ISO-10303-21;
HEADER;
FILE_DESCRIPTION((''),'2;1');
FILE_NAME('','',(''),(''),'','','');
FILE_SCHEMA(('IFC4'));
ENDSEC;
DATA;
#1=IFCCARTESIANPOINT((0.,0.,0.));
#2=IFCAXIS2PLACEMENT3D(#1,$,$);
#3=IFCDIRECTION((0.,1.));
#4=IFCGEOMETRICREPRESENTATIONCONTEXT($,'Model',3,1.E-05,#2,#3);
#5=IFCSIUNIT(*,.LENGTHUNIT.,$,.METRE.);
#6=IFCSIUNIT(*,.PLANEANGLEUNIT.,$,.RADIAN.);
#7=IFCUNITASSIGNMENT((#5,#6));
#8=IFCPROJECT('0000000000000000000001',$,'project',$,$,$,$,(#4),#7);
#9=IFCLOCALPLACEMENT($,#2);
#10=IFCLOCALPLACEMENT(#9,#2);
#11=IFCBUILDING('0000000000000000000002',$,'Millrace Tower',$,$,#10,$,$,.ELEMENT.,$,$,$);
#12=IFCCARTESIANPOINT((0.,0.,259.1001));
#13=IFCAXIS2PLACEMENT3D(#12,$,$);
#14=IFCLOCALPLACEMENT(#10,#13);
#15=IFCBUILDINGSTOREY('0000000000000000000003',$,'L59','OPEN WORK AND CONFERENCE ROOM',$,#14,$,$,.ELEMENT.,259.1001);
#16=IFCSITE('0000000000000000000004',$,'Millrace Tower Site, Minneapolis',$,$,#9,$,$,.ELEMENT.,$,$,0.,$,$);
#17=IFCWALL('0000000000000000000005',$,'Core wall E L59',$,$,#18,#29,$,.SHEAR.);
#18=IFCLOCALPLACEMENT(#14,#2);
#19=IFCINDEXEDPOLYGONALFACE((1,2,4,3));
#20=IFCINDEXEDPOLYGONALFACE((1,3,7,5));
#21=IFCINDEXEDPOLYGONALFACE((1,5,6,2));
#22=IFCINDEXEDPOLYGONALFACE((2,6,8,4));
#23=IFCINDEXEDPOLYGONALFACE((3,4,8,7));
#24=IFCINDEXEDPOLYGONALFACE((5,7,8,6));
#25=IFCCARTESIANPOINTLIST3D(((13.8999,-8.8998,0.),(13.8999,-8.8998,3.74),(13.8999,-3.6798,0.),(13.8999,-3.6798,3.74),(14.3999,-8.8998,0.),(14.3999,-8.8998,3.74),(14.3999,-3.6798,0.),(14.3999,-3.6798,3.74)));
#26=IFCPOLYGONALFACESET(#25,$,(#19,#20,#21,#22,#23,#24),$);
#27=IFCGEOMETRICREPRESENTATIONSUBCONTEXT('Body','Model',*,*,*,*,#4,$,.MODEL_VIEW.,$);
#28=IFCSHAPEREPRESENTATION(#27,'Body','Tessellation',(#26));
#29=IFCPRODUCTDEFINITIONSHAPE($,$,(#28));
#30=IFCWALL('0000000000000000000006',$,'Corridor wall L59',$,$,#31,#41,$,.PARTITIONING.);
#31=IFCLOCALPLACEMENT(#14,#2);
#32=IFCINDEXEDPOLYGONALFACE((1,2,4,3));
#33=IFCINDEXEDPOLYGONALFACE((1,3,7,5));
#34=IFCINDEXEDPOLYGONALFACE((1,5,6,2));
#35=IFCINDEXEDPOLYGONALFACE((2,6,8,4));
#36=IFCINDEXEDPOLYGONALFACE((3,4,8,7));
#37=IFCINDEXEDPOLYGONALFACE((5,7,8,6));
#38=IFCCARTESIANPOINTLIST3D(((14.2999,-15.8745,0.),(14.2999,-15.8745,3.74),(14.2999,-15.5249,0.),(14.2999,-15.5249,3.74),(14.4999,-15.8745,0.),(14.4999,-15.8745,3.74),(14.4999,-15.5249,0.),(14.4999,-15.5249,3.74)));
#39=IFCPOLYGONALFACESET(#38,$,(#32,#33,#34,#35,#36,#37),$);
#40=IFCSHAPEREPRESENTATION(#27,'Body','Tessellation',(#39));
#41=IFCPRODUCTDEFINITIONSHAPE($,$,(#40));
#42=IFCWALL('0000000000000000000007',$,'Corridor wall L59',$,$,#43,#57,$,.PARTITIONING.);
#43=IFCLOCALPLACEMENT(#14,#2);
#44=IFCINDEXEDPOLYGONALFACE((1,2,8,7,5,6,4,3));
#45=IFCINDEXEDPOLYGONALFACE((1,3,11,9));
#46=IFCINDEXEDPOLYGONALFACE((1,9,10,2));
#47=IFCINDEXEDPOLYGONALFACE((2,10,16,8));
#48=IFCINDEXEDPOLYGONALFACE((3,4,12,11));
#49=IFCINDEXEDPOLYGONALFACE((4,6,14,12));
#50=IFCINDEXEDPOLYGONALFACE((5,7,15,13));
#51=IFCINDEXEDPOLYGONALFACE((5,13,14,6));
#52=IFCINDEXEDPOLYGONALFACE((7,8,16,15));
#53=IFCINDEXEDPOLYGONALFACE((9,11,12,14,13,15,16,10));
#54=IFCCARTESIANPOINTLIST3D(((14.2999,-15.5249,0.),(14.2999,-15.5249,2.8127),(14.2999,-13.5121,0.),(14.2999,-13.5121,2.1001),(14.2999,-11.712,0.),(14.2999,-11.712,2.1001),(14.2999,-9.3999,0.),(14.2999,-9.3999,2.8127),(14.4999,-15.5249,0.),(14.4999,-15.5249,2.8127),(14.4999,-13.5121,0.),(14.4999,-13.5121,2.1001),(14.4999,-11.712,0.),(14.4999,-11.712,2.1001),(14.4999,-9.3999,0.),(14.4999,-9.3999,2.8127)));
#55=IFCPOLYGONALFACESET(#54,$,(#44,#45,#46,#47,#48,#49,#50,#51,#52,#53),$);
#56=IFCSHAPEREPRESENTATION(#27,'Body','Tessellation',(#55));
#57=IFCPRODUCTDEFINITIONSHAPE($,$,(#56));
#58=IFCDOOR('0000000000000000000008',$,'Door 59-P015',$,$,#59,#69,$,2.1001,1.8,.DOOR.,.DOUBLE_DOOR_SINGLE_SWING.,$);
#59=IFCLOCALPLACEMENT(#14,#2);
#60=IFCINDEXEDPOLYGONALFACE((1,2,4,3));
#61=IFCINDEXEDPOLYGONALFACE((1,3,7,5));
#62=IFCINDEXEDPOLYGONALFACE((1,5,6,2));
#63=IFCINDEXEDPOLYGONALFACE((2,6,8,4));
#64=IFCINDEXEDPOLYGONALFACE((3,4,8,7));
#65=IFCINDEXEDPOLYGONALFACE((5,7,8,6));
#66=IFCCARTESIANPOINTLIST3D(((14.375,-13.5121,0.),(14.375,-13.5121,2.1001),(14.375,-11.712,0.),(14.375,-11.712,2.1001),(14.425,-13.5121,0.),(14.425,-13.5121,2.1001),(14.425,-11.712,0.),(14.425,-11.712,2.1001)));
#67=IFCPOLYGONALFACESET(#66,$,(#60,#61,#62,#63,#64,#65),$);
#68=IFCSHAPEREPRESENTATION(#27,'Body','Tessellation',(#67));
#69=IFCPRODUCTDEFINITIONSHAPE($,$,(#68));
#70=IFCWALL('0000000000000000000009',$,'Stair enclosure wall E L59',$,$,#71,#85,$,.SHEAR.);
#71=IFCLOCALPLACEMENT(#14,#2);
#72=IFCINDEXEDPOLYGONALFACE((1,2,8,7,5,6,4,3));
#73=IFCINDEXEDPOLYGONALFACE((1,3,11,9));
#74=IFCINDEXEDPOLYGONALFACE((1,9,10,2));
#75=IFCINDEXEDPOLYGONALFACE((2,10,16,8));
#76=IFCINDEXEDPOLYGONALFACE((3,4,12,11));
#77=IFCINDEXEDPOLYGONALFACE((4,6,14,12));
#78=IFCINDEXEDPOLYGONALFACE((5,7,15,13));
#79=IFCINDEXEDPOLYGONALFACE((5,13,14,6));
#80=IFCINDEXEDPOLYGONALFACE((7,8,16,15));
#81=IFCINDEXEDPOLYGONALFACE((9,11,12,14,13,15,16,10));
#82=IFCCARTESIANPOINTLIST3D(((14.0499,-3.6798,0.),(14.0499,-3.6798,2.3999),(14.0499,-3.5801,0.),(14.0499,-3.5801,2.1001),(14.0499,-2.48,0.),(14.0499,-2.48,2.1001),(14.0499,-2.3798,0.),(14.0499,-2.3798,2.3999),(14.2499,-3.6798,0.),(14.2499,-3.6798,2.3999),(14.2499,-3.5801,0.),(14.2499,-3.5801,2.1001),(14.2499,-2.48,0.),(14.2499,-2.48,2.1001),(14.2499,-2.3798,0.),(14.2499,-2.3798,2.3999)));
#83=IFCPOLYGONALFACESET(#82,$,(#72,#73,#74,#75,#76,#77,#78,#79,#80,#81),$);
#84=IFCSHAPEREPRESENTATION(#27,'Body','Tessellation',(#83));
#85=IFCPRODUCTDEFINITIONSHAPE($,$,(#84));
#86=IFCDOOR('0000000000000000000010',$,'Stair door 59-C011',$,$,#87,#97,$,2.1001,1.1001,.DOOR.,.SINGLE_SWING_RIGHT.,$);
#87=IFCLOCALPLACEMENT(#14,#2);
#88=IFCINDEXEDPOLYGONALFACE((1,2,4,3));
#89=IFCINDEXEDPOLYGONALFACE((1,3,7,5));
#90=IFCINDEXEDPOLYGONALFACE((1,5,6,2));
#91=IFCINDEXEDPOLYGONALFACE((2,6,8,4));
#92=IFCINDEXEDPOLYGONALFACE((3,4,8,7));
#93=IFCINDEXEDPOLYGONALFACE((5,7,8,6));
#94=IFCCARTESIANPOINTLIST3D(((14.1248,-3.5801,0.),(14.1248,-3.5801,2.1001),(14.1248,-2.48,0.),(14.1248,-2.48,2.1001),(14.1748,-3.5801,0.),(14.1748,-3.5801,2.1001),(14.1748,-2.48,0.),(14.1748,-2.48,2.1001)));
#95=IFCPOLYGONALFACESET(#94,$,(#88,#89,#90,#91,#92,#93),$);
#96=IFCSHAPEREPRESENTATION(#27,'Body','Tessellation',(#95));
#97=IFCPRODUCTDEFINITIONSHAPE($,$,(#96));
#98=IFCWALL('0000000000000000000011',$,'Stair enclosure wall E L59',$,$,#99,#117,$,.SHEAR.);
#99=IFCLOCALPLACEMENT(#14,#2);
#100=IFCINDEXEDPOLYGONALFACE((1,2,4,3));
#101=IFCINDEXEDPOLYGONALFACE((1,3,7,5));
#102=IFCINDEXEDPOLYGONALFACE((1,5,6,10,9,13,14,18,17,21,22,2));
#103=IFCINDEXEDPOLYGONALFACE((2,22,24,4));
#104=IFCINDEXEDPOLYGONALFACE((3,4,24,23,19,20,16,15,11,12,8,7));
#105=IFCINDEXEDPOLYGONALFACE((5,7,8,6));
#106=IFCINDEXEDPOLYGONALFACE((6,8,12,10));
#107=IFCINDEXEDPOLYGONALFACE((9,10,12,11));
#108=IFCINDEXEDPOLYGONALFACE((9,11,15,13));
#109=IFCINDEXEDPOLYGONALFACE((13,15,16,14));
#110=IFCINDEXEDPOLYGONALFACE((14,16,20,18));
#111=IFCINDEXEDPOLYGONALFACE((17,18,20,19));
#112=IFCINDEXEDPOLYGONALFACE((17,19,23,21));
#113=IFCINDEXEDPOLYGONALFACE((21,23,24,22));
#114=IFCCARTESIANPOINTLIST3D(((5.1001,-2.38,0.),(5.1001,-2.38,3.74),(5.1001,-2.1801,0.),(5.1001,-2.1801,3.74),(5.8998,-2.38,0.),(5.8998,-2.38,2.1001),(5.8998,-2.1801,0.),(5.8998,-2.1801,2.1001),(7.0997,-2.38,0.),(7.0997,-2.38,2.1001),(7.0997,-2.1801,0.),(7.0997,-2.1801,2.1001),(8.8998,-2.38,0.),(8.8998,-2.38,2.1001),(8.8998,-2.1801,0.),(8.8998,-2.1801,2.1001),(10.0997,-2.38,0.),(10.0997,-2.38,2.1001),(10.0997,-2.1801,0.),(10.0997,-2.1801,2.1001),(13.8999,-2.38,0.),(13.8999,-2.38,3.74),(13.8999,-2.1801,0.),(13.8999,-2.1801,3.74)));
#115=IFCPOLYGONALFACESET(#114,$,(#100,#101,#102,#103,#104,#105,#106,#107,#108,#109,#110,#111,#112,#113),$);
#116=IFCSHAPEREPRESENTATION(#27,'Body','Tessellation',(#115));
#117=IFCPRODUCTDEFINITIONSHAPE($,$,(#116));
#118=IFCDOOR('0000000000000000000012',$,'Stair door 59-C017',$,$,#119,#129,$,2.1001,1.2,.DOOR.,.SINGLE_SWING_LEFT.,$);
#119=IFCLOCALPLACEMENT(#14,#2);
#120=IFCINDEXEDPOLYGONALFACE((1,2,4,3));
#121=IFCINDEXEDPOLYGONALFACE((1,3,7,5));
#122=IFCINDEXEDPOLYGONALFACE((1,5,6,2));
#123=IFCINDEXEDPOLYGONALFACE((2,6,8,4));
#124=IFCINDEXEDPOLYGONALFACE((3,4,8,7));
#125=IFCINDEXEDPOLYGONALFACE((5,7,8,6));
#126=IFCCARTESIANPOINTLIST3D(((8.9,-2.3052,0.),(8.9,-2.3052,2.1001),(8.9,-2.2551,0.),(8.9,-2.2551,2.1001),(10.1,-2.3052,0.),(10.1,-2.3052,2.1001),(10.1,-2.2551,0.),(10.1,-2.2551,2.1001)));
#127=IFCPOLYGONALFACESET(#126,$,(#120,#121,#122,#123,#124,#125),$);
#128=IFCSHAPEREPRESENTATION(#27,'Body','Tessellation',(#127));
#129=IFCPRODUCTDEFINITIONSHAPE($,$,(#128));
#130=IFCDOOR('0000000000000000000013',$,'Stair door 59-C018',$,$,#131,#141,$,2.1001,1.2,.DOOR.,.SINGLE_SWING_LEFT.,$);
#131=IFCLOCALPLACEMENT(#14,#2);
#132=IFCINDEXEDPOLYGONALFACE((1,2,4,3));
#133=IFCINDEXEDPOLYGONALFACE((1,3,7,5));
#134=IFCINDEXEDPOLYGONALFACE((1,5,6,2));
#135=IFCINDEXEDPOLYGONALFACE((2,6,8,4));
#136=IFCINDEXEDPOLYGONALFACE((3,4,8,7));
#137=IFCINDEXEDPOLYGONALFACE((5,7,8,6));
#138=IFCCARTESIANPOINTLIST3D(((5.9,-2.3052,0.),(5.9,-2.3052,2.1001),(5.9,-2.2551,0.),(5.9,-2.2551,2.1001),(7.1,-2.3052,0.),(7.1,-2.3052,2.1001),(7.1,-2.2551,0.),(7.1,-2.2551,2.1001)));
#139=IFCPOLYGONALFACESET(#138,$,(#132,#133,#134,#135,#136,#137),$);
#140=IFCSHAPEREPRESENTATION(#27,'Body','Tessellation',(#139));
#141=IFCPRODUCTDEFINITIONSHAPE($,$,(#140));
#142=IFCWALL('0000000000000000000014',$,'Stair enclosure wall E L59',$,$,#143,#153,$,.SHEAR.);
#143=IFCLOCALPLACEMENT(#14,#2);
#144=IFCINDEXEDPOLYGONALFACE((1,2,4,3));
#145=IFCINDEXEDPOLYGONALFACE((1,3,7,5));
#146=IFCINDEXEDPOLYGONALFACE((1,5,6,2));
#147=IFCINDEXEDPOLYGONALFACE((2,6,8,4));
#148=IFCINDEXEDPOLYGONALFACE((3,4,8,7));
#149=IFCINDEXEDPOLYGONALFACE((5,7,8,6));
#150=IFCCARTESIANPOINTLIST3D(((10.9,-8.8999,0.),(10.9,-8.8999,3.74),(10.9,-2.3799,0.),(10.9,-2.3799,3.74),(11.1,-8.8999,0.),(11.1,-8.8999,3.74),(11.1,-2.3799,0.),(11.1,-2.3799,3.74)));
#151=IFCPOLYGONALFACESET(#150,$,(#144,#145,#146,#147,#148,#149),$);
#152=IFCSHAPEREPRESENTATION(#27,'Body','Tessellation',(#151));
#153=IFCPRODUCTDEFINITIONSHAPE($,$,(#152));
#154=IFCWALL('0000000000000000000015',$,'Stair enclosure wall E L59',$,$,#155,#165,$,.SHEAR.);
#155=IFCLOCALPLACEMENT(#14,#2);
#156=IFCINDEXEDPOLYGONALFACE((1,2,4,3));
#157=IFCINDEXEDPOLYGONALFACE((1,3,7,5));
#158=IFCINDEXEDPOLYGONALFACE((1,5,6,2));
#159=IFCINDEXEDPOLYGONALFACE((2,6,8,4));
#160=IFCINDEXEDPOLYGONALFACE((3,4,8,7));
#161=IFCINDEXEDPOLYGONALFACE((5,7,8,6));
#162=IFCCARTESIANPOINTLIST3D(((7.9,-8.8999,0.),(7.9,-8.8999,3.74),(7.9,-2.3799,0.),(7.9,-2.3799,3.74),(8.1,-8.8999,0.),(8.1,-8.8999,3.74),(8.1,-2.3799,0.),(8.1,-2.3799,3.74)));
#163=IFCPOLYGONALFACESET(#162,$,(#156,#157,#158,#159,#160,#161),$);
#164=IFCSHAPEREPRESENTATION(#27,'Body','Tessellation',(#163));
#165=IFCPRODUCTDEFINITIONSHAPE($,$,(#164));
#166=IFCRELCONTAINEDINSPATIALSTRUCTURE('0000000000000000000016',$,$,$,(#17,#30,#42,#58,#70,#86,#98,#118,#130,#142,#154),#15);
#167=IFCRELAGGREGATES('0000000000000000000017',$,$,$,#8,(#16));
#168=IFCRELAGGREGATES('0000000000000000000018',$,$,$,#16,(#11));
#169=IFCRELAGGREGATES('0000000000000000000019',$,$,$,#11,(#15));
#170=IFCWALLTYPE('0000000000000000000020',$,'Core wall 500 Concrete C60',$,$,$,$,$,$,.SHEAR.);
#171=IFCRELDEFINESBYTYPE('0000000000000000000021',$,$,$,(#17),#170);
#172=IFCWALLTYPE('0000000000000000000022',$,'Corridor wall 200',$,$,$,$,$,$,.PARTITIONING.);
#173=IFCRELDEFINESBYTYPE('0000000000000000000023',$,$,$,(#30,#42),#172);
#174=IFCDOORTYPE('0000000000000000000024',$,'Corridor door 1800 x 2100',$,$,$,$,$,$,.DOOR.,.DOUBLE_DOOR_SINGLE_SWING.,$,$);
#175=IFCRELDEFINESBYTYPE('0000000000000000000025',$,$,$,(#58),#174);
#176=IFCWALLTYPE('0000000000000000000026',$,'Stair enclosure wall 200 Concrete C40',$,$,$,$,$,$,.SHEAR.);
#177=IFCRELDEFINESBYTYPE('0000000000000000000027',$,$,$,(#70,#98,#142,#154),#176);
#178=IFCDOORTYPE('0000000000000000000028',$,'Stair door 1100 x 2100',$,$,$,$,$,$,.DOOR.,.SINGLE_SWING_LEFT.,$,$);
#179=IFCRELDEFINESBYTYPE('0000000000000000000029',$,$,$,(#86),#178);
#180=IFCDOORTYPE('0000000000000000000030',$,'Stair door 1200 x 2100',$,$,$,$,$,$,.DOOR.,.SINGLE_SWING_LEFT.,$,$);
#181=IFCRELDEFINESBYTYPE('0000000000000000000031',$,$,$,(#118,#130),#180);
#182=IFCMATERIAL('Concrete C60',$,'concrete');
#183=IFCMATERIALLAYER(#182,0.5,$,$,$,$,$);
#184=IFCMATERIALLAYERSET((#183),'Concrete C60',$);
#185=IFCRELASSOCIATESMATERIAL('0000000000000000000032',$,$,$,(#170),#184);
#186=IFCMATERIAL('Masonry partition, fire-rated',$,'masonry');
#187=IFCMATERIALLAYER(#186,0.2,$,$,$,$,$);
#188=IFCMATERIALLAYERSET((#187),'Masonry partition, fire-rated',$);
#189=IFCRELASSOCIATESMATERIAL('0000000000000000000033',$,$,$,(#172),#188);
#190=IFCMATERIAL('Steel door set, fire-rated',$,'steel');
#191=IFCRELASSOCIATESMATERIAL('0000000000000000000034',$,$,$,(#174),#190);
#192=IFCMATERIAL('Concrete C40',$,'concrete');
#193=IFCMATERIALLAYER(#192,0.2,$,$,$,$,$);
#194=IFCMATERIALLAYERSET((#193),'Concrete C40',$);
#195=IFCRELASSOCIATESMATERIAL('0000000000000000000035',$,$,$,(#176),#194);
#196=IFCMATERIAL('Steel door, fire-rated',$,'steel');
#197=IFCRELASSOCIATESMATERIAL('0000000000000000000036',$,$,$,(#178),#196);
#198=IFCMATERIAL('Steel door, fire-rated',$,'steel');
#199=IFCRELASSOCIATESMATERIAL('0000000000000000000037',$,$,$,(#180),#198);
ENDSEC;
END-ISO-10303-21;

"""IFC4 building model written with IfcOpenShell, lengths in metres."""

from ifc_helpers import new_model, si_unit, direction, frame, frame_2d, origin, place, context, subcontext, project, spatial, rectangle, extrude, material, layer, layer_set, type_object, element, fill, save


model = new_model("IFC4")

# Units and contexts
model_context = context("Model", 3, precision=1e-05, world=origin(), true_north=direction((0.0, 1.0)))
body_context = subcontext(model_context, "Body", "Model", "MODEL_VIEW")
ifc_project = project(units=[si_unit("LENGTHUNIT", "METRE"), si_unit("PLANEANGLEUNIT", "RADIAN")], contexts=[model_context])

# Site, building, storey
site_placement = place(None, origin())
site = spatial("IfcSite", under=ifc_project, at=site_placement, Name="Millrace Tower Site, Minneapolis", CompositionType="ELEMENT", RefElevation=0.0)
building_placement = place(site_placement, origin())
building = spatial("IfcBuilding", under=site, at=building_placement, Name="Millrace Tower", CompositionType="ELEMENT")
storey_placement = place(building_placement, frame((0.0, 0.0, 259.1001)))
storey = spatial("IfcBuildingStorey", under=building, at=storey_placement, Name="L59", Description="OPEN WORK AND CONFERENCE ROOM", CompositionType="ELEMENT", Elevation=259.1001)

# Walls
ifc_material_1 = material(Name="Concrete C60", Category="concrete")
ifc_layer_1 = layer(ifc_material_1, 0.5)
ifc_layer_set_1 = layer_set([ifc_layer_1], Name="Concrete C60")
wall_type_1 = type_object("IfcWallType", Name="Core wall 500 Concrete C60", PredefinedType="SHEAR", material=ifc_layer_set_1)
wall_1_placement = place(storey_placement, frame((14.1499, -3.6799, 0.0), z_axis=(0.0, 0.0, 1.0), x_axis=(0.0, -1.0, 0.0)))
element("IfcWall", 1, at=wall_1_placement, inside=storey, type_object=wall_type_1, Name="Core wall E L59", PredefinedType="SHEAR", context=body_context, shape_type="SweptSolid", body=[
    extrude(rectangle(XDim=5.22, YDim=0.5, at=frame_2d((2.6099, 0.0))), origin(), (0.0, 0.0, 1.0), 3.74),
])
ifc_material_2 = material(Name="Masonry partition, fire-rated", Category="masonry")
ifc_layer_2 = layer(ifc_material_2, 0.2)
ifc_layer_set_2 = layer_set([ifc_layer_2], Name="Masonry partition, fire-rated")
wall_type_2 = type_object("IfcWallType", Name="Corridor wall 200", PredefinedType="PARTITIONING", material=ifc_layer_set_2)
wall_2_placement = place(storey_placement, frame((14.3999, -15.8745, 0.0), z_axis=(0.0, 0.0, 1.0), x_axis=(0.0, 1.0, 0.0)))
element("IfcWall", 2, at=wall_2_placement, inside=storey, type_object=wall_type_2, Name="Corridor wall L59", PredefinedType="PARTITIONING", context=body_context, shape_type="SweptSolid", body=[
    extrude(rectangle(XDim=0.3496, YDim=0.2, at=frame_2d((0.1748, 0.0))), origin(), (0.0, 0.0, 1.0), 3.74),
])

# Walls, openings, doors
wall_3_placement = place(storey_placement, frame((14.3999, -15.5249, 0.0), z_axis=(0.0, 0.0, 1.0), x_axis=(0.0, 1.0, 0.0)))
wall_3 = element("IfcWall", 3, at=wall_3_placement, inside=storey, type_object=wall_type_2, Name="Corridor wall L59", PredefinedType="PARTITIONING", context=body_context, shape_type="SweptSolid", body=[
    extrude(rectangle(XDim=6.125, YDim=0.2, at=frame_2d((3.0625, 0.0))), origin(), (0.0, 0.0, 1.0), 2.8127),
])
opening_1_placement = place(wall_3_placement, frame((2.0129, 0.0, 0.0)))
opening_1 = element("IfcOpeningElement", 4, at=opening_1_placement, cuts=wall_3, PredefinedType="OPENING", context=body_context, shape_type="SweptSolid", body=[
    extrude(rectangle(XDim=1.8, YDim=2.1001, at=frame_2d((0.8999, 1.05))), frame((0.0, 0.1099, 0.0), z_axis=(0.0, -1.0, 0.0), x_axis=(1.0, 0.0, 0.0)), (0.0, 0.0, 1.0), 0.22),
])
ifc_material_3 = material(Name="Steel door set, fire-rated", Category="steel")
door_type_1 = type_object("IfcDoorType", Name="Corridor door 1800 x 2100", OperationType="DOUBLE_DOOR_SINGLE_SWING", PredefinedType="DOOR", material=ifc_material_3)
door_1_placement = place(opening_1_placement, origin())
door_1 = element("IfcDoor", 5, at=door_1_placement, inside=storey, type_object=door_type_1, Name="Door 59-P015", OperationType="DOUBLE_DOOR_SINGLE_SWING", OverallHeight=2.1001, OverallWidth=1.8, PredefinedType="DOOR", context=body_context, shape_type="SweptSolid", body=[
    extrude(rectangle(XDim=1.8, YDim=2.1001, at=frame_2d((0.8999, 1.05))), frame((0.0, 0.0249, 0.0), z_axis=(0.0, -1.0, 0.0), x_axis=(1.0, 0.0, 0.0)), (0.0, 0.0, 1.0), 0.05),
])
fill(opening_1, door_1)
ifc_material_4 = material(Name="Concrete C40", Category="concrete")
ifc_layer_3 = layer(ifc_material_4, 0.2)
ifc_layer_set_3 = layer_set([ifc_layer_3], Name="Concrete C40")
wall_type_3 = type_object("IfcWallType", Name="Stair enclosure wall 200 Concrete C40", PredefinedType="SHEAR", material=ifc_layer_set_3)
wall_4_placement = place(storey_placement, frame((14.1499, -2.3799, 0.0), z_axis=(0.0, 0.0, 1.0), x_axis=(0.0, -1.0, 0.0)))
wall_4 = element("IfcWall", 6, at=wall_4_placement, inside=storey, type_object=wall_type_3, Name="Stair enclosure wall E L59", PredefinedType="SHEAR", context=body_context, shape_type="SweptSolid", body=[
    extrude(rectangle(XDim=1.3, YDim=0.2, at=frame_2d((0.6499, 0.0))), origin(), (0.0, 0.0, 1.0), 2.3999),
])
opening_2_placement = place(wall_4_placement, frame((0.1001, 0.0, 0.0)))
opening_2 = element("IfcOpeningElement", 7, at=opening_2_placement, cuts=wall_4, PredefinedType="OPENING", context=body_context, shape_type="SweptSolid", body=[
    extrude(rectangle(XDim=1.1001, YDim=2.1001, at=frame_2d((0.55, 1.05))), frame((0.0, 0.1099, 0.0), z_axis=(0.0, -1.0, 0.0), x_axis=(1.0, 0.0, 0.0)), (0.0, 0.0, 1.0), 0.22),
])
ifc_material_5 = material(Name="Steel door, fire-rated", Category="steel")
door_type_2 = type_object("IfcDoorType", Name="Stair door 1100 x 2100", OperationType="SINGLE_SWING_LEFT", PredefinedType="DOOR", material=ifc_material_5)
door_2_placement = place(opening_2_placement, origin())
door_2 = element("IfcDoor", 8, at=door_2_placement, inside=storey, type_object=door_type_2, Name="Stair door 59-C011", OperationType="SINGLE_SWING_RIGHT", OverallHeight=2.1001, OverallWidth=1.1001, PredefinedType="DOOR", context=body_context, shape_type="SweptSolid", body=[
    extrude(rectangle(XDim=1.1001, YDim=2.1001, at=frame_2d((0.55, 1.05))), frame((0.0, 0.0249, 0.0), z_axis=(0.0, -1.0, 0.0), x_axis=(1.0, 0.0, 0.0)), (0.0, 0.0, 1.0), 0.05),
])
fill(opening_2, door_2)

# Wall, openings, doors
wall_5_placement = place(storey_placement, frame((13.8999, -2.28, 0.0), z_axis=(0.0, 0.0, 1.0), x_axis=(-1.0, 0.0, 0.0)))
wall_5 = element("IfcWall", 9, at=wall_5_placement, inside=storey, type_object=wall_type_3, Name="Stair enclosure wall E L59", PredefinedType="SHEAR", context=body_context, shape_type="SweptSolid", body=[
    extrude(rectangle(XDim=8.7998, YDim=0.2, at=frame_2d((4.3999, 0.0))), origin(), (0.0, 0.0, 1.0), 3.74),
])
opening_3_placement = place(wall_5_placement, frame((3.8, 0.0, 0.0)))
opening_3 = element("IfcOpeningElement", 10, at=opening_3_placement, cuts=wall_5, PredefinedType="OPENING", context=body_context, shape_type="SweptSolid", body=[
    extrude(rectangle(XDim=1.2, YDim=2.1001, at=frame_2d((0.6001, 1.05))), frame((0.0, 0.1099, 0.0), z_axis=(0.0, -1.0, 0.0), x_axis=(1.0, 0.0, 0.0)), (0.0, 0.0, 1.0), 0.22),
])
opening_4_placement = place(wall_5_placement, frame((6.8, 0.0, 0.0)))
opening_4 = element("IfcOpeningElement", 11, at=opening_4_placement, cuts=wall_5, PredefinedType="OPENING", context=body_context, shape_type="SweptSolid", body=[
    extrude(rectangle(XDim=1.2, YDim=2.1001, at=frame_2d((0.6001, 1.05))), frame((0.0, 0.1099, 0.0), z_axis=(0.0, -1.0, 0.0), x_axis=(1.0, 0.0, 0.0)), (0.0, 0.0, 1.0), 0.22),
])
ifc_material_6 = material(Name="Steel door, fire-rated", Category="steel")
door_type_3 = type_object("IfcDoorType", Name="Stair door 1200 x 2100", OperationType="SINGLE_SWING_LEFT", PredefinedType="DOOR", material=ifc_material_6)
door_3_placement = place(opening_3_placement, frame((1.2, 0.0, 0.0), z_axis=(0.0, 0.0, 1.0), x_axis=(-1.0, 0.0, 0.0)))
door_3 = element("IfcDoor", 12, at=door_3_placement, inside=storey, type_object=door_type_3, Name="Stair door 59-C017", OperationType="SINGLE_SWING_LEFT", OverallHeight=2.1001, OverallWidth=1.2, PredefinedType="DOOR", context=body_context, shape_type="SweptSolid", body=[
    extrude(rectangle(XDim=1.2, YDim=2.1001, at=frame_2d((0.6001, 1.05))), frame((0.0, 0.0249, 0.0), z_axis=(0.0, -1.0, 0.0), x_axis=(1.0, 0.0, 0.0)), (0.0, 0.0, 1.0), 0.05),
])
fill(opening_3, door_3)
door_4_placement = place(opening_4_placement, frame((1.2, 0.0, 0.0), z_axis=(0.0, 0.0, 1.0), x_axis=(-1.0, 0.0, 0.0)))
door_4 = element("IfcDoor", 13, at=door_4_placement, inside=storey, type_object=door_type_3, Name="Stair door 59-C018", OperationType="SINGLE_SWING_LEFT", OverallHeight=2.1001, OverallWidth=1.2, PredefinedType="DOOR", context=body_context, shape_type="SweptSolid", body=[
    extrude(rectangle(XDim=1.2, YDim=2.1001, at=frame_2d((0.6001, 1.05))), frame((0.0, 0.0249, 0.0), z_axis=(0.0, -1.0, 0.0), x_axis=(1.0, 0.0, 0.0)), (0.0, 0.0, 1.0), 0.05),
])
fill(opening_4, door_4)

# Walls
for number, where, z_axis, x_axis, name in (
    (14, (11.0, -2.3799, 0.0), (0.0, 0.0, 1.0), (0.0, -1.0, 0.0), "Stair enclosure wall E L59"),
    (15, (8.0, -2.3799, 0.0), (0.0, 0.0, 1.0), (0.0, -1.0, 0.0), "Stair enclosure wall E L59"),
):
    element("IfcWall", number, at=place(storey_placement, frame(where, z_axis=z_axis, x_axis=x_axis)), inside=storey, type_object=wall_type_3, Name=name, PredefinedType="SHEAR", context=body_context, shape_type="SweptSolid", body=[
        extrude(rectangle(XDim=6.52, YDim=0.2, at=frame_2d((3.26, 0.0))), origin(), (0.0, 0.0, 1.0), 3.74),
    ])

save(model, "model.ifc")
